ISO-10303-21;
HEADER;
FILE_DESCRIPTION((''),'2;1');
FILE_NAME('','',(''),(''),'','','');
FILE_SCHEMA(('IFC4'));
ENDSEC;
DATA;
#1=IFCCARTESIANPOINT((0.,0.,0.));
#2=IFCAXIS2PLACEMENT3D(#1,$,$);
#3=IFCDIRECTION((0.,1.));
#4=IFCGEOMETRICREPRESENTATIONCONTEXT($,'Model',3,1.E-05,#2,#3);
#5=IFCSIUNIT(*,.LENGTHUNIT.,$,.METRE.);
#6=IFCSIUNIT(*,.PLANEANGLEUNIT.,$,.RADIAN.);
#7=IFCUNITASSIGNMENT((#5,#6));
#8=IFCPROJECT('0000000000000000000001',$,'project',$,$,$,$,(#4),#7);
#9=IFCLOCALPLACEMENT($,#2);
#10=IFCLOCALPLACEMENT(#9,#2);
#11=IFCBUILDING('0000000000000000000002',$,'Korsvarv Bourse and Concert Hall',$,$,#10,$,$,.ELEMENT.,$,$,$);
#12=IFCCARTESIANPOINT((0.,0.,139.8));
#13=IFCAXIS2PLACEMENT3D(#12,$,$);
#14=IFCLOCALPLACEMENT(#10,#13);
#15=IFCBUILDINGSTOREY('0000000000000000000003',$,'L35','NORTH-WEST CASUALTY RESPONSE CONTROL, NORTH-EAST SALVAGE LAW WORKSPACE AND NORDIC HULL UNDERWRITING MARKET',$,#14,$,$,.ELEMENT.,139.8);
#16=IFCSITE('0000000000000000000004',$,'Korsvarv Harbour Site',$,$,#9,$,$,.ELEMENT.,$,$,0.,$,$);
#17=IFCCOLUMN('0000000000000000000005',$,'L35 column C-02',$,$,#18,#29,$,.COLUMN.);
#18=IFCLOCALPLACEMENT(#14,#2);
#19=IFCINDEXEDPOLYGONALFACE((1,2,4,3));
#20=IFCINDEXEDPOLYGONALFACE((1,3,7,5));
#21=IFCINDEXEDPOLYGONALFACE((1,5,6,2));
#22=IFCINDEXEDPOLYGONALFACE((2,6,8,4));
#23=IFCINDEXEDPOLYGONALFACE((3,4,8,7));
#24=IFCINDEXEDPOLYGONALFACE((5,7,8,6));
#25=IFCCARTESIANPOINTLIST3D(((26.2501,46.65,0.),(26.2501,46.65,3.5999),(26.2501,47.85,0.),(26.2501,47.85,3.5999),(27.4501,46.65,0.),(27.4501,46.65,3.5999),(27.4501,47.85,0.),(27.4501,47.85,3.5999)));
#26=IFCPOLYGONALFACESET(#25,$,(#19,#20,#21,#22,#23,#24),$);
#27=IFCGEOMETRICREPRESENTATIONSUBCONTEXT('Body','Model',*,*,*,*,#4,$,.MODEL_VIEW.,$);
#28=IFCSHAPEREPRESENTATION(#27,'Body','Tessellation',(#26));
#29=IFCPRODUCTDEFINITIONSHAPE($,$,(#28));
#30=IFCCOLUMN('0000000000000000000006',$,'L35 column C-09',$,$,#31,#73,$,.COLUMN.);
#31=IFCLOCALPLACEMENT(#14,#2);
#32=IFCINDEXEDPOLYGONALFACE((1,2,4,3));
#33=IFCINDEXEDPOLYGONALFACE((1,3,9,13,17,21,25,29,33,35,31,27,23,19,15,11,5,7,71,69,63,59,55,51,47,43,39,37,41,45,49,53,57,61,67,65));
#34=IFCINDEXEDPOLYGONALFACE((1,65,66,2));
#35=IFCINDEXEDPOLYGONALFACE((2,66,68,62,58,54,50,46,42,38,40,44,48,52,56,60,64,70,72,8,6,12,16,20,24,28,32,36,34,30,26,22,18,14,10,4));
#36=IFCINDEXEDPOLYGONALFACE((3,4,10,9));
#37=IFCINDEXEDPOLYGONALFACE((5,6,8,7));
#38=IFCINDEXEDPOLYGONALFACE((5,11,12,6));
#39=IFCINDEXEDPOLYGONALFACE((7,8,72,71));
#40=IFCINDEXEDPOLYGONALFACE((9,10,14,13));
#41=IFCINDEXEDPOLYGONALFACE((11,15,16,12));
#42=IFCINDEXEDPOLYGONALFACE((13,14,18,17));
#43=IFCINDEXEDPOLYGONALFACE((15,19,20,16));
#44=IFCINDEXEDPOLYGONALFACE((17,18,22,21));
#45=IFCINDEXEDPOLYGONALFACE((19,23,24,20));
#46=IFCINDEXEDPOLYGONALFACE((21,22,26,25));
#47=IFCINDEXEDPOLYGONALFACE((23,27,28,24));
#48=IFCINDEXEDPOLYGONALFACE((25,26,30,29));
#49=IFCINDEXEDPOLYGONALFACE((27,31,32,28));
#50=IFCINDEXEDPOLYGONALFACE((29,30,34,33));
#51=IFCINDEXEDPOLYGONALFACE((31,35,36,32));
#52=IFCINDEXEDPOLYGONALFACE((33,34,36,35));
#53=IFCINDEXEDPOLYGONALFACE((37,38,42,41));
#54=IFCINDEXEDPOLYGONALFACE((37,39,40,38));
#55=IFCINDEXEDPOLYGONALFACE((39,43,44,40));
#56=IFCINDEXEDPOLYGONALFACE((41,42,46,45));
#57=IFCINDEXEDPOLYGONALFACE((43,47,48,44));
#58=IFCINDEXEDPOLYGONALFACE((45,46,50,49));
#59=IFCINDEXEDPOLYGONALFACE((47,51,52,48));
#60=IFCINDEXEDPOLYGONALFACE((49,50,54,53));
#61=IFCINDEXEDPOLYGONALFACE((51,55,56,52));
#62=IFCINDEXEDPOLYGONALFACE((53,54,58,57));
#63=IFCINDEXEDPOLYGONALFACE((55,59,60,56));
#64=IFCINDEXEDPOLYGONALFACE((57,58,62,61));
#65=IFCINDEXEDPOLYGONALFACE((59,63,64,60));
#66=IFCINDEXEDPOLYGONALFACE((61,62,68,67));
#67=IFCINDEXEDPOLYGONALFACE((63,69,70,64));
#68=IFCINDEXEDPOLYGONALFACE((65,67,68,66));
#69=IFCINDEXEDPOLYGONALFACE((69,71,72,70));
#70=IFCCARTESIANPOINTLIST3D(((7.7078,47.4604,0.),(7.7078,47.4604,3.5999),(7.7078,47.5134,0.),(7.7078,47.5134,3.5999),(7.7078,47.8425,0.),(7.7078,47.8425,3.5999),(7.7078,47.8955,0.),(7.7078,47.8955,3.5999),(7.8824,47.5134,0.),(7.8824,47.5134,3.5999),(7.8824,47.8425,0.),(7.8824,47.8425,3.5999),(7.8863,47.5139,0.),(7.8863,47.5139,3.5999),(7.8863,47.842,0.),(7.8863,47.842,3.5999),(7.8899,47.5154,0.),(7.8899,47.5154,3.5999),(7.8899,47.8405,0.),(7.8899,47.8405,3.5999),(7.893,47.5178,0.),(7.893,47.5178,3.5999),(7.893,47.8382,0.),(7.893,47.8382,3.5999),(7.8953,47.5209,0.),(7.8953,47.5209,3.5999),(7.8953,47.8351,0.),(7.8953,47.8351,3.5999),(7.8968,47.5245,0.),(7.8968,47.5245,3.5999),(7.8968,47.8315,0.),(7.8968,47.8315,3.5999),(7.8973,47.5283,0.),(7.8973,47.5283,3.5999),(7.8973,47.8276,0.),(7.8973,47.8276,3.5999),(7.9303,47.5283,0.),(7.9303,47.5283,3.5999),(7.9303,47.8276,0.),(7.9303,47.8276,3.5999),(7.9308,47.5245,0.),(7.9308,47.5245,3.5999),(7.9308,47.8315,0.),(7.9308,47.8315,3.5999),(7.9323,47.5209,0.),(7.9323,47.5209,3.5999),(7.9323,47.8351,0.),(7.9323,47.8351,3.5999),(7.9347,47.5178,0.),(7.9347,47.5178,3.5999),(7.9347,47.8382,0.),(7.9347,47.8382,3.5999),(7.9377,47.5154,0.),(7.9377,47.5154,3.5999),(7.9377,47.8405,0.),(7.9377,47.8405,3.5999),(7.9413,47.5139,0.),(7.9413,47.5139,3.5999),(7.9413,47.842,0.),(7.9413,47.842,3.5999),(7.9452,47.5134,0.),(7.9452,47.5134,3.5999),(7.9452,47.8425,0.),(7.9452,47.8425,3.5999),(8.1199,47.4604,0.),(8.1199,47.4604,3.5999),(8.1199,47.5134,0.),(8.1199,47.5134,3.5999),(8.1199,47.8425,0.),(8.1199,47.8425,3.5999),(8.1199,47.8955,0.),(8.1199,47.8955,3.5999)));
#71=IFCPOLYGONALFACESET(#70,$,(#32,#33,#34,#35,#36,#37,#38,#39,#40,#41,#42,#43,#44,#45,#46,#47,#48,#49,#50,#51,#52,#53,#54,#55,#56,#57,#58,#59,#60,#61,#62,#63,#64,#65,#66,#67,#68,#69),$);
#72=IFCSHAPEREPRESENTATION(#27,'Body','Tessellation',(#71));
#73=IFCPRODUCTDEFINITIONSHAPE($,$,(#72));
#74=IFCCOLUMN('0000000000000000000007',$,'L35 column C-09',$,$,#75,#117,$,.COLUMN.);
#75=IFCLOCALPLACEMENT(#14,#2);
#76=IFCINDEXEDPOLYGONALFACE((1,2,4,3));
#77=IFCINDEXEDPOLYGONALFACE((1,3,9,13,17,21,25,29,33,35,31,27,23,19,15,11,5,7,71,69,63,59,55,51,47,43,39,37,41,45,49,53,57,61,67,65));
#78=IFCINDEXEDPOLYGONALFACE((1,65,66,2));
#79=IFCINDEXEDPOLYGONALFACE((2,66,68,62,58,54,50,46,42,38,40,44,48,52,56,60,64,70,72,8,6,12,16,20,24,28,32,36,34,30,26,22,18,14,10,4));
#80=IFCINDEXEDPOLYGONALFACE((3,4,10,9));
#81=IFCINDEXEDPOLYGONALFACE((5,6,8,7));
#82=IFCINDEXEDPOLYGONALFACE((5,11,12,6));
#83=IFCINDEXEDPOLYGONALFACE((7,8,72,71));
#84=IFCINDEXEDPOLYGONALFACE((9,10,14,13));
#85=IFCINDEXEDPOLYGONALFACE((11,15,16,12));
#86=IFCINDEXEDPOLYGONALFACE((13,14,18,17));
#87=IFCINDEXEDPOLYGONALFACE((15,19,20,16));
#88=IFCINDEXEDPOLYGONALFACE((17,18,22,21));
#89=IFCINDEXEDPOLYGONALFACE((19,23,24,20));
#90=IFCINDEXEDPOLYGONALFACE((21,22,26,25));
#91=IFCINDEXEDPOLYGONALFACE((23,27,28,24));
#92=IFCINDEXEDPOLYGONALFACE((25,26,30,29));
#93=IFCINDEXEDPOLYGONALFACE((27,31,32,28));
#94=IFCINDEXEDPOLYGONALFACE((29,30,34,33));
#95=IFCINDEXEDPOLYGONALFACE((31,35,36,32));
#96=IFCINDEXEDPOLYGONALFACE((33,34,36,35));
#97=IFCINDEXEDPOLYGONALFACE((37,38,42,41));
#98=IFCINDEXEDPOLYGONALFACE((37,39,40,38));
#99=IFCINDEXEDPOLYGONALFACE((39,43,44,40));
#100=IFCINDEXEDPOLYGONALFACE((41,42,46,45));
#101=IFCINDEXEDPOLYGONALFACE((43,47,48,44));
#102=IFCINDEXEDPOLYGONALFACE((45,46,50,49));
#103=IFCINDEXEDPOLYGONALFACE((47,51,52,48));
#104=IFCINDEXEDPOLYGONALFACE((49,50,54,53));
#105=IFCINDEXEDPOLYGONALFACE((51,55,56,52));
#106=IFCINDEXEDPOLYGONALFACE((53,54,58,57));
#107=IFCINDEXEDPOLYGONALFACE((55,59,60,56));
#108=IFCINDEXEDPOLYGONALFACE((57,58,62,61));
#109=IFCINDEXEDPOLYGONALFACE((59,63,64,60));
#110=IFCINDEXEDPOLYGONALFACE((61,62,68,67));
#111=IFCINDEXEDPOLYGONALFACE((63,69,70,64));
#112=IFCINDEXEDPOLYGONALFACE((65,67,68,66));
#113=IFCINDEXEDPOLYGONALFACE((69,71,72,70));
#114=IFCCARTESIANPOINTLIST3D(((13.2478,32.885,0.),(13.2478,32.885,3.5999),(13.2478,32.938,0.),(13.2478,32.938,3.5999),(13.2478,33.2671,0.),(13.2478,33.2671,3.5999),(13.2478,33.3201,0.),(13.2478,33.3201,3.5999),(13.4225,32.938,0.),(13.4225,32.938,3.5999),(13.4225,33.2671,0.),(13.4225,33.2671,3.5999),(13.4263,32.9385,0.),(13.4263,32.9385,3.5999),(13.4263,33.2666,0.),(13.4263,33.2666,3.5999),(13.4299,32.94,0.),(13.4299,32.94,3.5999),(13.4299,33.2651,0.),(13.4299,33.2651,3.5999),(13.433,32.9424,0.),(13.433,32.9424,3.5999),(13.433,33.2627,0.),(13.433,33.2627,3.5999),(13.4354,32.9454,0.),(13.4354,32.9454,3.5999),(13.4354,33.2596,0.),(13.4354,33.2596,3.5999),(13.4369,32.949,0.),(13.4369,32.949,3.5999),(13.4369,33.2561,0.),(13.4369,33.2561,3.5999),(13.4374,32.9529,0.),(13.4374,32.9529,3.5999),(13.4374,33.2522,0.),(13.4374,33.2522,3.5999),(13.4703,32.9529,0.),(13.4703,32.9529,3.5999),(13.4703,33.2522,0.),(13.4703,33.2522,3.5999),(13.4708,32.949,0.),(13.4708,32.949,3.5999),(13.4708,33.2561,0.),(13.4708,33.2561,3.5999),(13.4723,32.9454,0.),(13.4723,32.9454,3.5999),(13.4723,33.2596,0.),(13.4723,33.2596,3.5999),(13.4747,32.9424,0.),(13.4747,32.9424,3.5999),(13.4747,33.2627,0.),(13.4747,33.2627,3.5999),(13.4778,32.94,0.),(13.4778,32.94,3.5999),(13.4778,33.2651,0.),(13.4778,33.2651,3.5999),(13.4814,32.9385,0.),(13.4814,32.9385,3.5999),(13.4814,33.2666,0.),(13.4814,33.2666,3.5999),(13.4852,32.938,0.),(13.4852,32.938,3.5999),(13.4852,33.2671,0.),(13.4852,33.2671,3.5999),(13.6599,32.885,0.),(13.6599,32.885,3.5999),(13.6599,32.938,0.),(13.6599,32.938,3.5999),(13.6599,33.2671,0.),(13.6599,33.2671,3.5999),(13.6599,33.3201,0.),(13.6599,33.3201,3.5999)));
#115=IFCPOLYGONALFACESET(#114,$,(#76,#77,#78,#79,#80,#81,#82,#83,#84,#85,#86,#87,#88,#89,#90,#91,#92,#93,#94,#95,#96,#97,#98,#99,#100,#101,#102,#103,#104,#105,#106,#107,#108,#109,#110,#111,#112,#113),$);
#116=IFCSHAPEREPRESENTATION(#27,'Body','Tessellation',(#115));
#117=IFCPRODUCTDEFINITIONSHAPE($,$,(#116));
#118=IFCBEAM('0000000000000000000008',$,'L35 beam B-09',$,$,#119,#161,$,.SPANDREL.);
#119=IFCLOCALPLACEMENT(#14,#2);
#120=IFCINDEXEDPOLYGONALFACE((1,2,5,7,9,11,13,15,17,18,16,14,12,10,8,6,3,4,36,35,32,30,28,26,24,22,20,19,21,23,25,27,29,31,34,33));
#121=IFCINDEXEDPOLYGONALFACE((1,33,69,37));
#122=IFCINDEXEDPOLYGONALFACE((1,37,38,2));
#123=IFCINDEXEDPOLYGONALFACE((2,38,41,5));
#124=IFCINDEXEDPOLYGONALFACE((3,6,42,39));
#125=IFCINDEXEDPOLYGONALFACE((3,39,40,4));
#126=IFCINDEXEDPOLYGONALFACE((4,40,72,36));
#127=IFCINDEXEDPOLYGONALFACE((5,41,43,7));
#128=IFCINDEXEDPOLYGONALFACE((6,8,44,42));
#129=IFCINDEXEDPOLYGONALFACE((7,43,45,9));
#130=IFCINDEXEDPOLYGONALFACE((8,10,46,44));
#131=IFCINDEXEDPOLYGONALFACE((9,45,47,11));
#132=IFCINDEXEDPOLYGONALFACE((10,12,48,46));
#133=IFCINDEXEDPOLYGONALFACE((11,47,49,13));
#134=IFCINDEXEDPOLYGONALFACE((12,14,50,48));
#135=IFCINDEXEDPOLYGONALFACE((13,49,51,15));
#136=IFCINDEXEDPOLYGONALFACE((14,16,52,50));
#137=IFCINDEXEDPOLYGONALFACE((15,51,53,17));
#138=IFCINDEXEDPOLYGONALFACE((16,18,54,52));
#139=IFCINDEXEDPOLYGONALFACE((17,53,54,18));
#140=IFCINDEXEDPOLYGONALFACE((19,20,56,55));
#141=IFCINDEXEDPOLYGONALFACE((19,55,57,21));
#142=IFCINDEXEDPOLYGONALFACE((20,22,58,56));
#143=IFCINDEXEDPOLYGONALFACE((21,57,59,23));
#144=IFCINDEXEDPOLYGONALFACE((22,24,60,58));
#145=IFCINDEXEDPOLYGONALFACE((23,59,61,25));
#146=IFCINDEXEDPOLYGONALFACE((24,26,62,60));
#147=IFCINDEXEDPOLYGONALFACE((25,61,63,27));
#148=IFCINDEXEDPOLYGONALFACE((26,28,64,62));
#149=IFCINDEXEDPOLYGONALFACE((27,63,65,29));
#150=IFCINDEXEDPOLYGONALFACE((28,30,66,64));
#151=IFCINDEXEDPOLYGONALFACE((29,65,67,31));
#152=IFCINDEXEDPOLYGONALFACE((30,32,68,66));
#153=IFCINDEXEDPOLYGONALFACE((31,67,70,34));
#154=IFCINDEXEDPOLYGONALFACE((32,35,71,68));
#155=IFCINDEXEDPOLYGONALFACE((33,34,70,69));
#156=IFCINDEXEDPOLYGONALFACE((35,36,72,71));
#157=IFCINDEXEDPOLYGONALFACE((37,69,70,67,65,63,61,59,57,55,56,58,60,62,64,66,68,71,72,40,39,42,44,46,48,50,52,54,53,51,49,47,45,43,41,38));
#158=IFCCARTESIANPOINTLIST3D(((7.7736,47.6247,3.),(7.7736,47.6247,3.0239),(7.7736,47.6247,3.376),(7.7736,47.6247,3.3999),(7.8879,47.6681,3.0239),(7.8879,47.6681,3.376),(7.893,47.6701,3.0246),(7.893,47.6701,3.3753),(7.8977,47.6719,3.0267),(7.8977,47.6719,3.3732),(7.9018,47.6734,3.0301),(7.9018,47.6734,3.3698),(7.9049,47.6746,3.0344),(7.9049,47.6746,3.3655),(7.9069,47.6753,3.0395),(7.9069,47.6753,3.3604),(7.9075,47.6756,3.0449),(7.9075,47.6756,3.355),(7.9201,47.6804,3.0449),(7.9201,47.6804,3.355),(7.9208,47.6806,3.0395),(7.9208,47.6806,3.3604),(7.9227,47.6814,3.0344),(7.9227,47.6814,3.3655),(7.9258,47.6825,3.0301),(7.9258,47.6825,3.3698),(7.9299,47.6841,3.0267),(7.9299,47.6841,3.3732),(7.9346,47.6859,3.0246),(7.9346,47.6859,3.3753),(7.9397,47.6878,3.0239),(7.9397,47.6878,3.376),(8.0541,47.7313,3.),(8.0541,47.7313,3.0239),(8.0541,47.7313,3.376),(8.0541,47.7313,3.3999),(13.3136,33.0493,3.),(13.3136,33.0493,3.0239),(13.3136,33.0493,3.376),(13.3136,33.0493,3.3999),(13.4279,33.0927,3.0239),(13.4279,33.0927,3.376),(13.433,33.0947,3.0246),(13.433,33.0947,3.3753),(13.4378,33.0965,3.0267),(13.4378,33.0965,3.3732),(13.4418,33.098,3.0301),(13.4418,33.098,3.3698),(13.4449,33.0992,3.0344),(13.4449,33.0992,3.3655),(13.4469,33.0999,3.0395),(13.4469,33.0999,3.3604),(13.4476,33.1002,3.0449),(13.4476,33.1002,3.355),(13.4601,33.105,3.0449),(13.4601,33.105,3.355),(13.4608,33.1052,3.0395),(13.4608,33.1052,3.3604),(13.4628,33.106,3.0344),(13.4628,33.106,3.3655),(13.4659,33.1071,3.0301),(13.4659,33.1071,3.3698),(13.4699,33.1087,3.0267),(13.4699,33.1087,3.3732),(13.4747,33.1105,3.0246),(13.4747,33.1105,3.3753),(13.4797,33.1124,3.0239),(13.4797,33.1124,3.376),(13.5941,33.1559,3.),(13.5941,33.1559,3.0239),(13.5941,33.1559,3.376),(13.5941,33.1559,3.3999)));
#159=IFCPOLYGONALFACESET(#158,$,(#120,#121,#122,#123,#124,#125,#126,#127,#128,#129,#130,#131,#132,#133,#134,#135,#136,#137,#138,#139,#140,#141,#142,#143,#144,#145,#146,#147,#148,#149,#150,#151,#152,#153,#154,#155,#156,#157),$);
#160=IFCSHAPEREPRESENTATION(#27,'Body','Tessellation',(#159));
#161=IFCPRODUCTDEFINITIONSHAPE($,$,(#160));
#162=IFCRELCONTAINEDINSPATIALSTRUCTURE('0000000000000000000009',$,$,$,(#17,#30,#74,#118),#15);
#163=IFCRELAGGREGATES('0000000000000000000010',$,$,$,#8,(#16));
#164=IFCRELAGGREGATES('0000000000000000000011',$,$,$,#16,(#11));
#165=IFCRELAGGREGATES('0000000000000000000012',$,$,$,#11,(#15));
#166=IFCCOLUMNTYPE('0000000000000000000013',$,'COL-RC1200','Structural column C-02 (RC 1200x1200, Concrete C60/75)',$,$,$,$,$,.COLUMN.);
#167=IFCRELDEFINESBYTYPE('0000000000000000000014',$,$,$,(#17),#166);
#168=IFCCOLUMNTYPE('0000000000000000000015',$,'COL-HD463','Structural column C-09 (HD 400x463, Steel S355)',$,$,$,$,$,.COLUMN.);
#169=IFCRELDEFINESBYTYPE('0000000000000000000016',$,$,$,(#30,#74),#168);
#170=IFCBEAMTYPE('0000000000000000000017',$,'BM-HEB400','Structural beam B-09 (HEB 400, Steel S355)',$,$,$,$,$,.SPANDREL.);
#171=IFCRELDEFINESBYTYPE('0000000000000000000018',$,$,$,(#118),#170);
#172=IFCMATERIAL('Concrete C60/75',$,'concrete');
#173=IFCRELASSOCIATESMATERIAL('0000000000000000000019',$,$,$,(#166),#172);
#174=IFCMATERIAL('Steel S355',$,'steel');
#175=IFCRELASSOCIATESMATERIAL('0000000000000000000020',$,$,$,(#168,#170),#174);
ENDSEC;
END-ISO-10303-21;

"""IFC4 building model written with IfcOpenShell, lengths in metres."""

from ifc_helpers import new_model, si_unit, direction, frame, origin, origin_2d, place, context, subcontext, project, spatial, rectangle, i_section, extrude, source, transform, mapped, material, material_profile, profile_set, type_object, element, save


model = new_model("IFC4")

# Units and contexts
model_context = context("Model", 3, precision=1e-05, world=origin(), true_north=direction((0.0, 1.0)))
body_context = subcontext(model_context, "Body", "Model", "MODEL_VIEW")
ifc_project = project(units=[si_unit("LENGTHUNIT", "METRE"), si_unit("PLANEANGLEUNIT", "RADIAN")], contexts=[model_context])

# Site, building, storey
site_placement = place(None, origin())
site = spatial("IfcSite", under=ifc_project, at=site_placement, Name="Korsvarv Harbour Site", CompositionType="ELEMENT", RefElevation=0.0)
building_placement = place(site_placement, origin())
building = spatial("IfcBuilding", under=site, at=building_placement, Name="Korsvarv Bourse and Concert Hall", CompositionType="ELEMENT")
storey_placement = place(building_placement, frame((0.0, 0.0, 139.8)))
storey = spatial("IfcBuildingStorey", under=building, at=storey_placement, Name="L35", Description="NORTH-WEST CASUALTY RESPONSE CONTROL, NORTH-EAST SALVAGE LAW WORKSPACE AND NORDIC HULL UNDERWRITING MARKET", CompositionType="ELEMENT", Elevation=139.8)

# Columns
ifc_material_1 = material(Name="Concrete C60/75", Category="concrete")
ifc_material_profile_1 = material_profile(ifc_material_1, rectangle(XDim=1.2, YDim=1.2, at=origin_2d()), Name="RC 1200x1200")
ifc_profile_set_1 = profile_set([ifc_material_profile_1], Name="Concrete C60/75")
column_type_1 = type_object("IfcColumnType", Name="COL-RC1200", Description="Structural column C-02 (RC 1200x1200, Concrete C60/75)", PredefinedType="COLUMN", material=ifc_profile_set_1)
shared_shape_1 = source(origin(), body_context, "Body", "SweptSolid", [
    extrude(rectangle(XDim=1.2, YDim=1.2, at=origin_2d()), origin(), (0.0, 0.0, 1.0), 3.5999),
])
column_placement = place(storey_placement, frame((26.8501, 47.25, 0.0), z_axis=(0.0, 0.0, 1.0), x_axis=(1.0, 0.0, 0.0)))
element("IfcColumn", 1, at=column_placement, inside=storey, type_object=column_type_1, Name="L35 column C-02", PredefinedType="COLUMN", context=body_context, shape_type="MappedRepresentation", body=[
    mapped(shared_shape_1, transform((0.0, 0.0, 0.0), scale=1.0)),
])
ifc_material_2 = material(Name="Steel S355", Category="steel")
ifc_material_profile_2 = material_profile(ifc_material_2, i_section(OverallWidth=0.4121, OverallDepth=0.4351, WebThickness=0.033, FlangeThickness=0.053, FilletRadius=0.0149, at=origin_2d()), Name="HD 400x463")
ifc_profile_set_2 = profile_set([ifc_material_profile_2], Name="Steel S355")
column_type_2 = type_object("IfcColumnType", Name="COL-HD463", Description="Structural column C-09 (HD 400x463, Steel S355)", PredefinedType="COLUMN", material=ifc_profile_set_2)
shared_shape_2 = source(origin(), body_context, "Body", "SweptSolid", [
    extrude(i_section(OverallWidth=0.4121, OverallDepth=0.4351, WebThickness=0.033, FlangeThickness=0.053, FilletRadius=0.0149, at=origin_2d()), origin(), (0.0, 0.0, 1.0), 3.5999),
])
for number, where, z_axis, x_axis, name in (
    (2, (7.9138, 47.678, 0.0), (0.0, 0.0, 1.0), (1.0, 0.0, 0.0), "L35 column C-09"),
    (3, (13.4539, 33.1025, 0.0), (0.0, 0.0, 1.0), (1.0, 0.0, 0.0), "L35 column C-09"),
):
    element("IfcColumn", number, at=place(storey_placement, frame(where, z_axis=z_axis, x_axis=x_axis)), inside=storey, type_object=column_type_2, Name=name, PredefinedType="COLUMN", context=body_context, shape_type="MappedRepresentation", body=[
        mapped(shared_shape_2, transform((0.0, 0.0, 0.0), scale=1.0)),
    ])

# Beam
ifc_material_profile_3 = material_profile(ifc_material_2, i_section(OverallWidth=0.3, OverallDepth=0.3999, WebThickness=0.0134, FlangeThickness=0.0239, FilletRadius=0.021, at=origin_2d()), Name="HEB 400")
ifc_profile_set_3 = profile_set([ifc_material_profile_3], Name="Steel S355")
beam_type_1 = type_object("IfcBeamType", Name="BM-HEB400", Description="Structural beam B-09 (HEB 400, Steel S355)", PredefinedType="SPANDREL", material=ifc_profile_set_3)
shared_shape_3 = source(origin(), body_context, "Body", "SweptSolid", [
    extrude(i_section(OverallWidth=0.3, OverallDepth=0.3999, WebThickness=0.0134, FlangeThickness=0.0239, FilletRadius=0.021, at=origin_2d()), origin(), (0.0, 0.0, 1.0), 15.5928),
])
beam_1_placement = place(storey_placement, frame((7.9138, 47.678, 3.2), z_axis=(0.355295, -0.934754, 0.0), x_axis=(0.934754, 0.355295, 0.0)))
element("IfcBeam", 4, at=beam_1_placement, inside=storey, type_object=beam_type_1, Name="L35 beam B-09", PredefinedType="SPANDREL", context=body_context, shape_type="MappedRepresentation", body=[
    mapped(shared_shape_3, transform((0.0, 0.0, 0.0), scale=1.0)),
])

save(model, "model.ifc")
